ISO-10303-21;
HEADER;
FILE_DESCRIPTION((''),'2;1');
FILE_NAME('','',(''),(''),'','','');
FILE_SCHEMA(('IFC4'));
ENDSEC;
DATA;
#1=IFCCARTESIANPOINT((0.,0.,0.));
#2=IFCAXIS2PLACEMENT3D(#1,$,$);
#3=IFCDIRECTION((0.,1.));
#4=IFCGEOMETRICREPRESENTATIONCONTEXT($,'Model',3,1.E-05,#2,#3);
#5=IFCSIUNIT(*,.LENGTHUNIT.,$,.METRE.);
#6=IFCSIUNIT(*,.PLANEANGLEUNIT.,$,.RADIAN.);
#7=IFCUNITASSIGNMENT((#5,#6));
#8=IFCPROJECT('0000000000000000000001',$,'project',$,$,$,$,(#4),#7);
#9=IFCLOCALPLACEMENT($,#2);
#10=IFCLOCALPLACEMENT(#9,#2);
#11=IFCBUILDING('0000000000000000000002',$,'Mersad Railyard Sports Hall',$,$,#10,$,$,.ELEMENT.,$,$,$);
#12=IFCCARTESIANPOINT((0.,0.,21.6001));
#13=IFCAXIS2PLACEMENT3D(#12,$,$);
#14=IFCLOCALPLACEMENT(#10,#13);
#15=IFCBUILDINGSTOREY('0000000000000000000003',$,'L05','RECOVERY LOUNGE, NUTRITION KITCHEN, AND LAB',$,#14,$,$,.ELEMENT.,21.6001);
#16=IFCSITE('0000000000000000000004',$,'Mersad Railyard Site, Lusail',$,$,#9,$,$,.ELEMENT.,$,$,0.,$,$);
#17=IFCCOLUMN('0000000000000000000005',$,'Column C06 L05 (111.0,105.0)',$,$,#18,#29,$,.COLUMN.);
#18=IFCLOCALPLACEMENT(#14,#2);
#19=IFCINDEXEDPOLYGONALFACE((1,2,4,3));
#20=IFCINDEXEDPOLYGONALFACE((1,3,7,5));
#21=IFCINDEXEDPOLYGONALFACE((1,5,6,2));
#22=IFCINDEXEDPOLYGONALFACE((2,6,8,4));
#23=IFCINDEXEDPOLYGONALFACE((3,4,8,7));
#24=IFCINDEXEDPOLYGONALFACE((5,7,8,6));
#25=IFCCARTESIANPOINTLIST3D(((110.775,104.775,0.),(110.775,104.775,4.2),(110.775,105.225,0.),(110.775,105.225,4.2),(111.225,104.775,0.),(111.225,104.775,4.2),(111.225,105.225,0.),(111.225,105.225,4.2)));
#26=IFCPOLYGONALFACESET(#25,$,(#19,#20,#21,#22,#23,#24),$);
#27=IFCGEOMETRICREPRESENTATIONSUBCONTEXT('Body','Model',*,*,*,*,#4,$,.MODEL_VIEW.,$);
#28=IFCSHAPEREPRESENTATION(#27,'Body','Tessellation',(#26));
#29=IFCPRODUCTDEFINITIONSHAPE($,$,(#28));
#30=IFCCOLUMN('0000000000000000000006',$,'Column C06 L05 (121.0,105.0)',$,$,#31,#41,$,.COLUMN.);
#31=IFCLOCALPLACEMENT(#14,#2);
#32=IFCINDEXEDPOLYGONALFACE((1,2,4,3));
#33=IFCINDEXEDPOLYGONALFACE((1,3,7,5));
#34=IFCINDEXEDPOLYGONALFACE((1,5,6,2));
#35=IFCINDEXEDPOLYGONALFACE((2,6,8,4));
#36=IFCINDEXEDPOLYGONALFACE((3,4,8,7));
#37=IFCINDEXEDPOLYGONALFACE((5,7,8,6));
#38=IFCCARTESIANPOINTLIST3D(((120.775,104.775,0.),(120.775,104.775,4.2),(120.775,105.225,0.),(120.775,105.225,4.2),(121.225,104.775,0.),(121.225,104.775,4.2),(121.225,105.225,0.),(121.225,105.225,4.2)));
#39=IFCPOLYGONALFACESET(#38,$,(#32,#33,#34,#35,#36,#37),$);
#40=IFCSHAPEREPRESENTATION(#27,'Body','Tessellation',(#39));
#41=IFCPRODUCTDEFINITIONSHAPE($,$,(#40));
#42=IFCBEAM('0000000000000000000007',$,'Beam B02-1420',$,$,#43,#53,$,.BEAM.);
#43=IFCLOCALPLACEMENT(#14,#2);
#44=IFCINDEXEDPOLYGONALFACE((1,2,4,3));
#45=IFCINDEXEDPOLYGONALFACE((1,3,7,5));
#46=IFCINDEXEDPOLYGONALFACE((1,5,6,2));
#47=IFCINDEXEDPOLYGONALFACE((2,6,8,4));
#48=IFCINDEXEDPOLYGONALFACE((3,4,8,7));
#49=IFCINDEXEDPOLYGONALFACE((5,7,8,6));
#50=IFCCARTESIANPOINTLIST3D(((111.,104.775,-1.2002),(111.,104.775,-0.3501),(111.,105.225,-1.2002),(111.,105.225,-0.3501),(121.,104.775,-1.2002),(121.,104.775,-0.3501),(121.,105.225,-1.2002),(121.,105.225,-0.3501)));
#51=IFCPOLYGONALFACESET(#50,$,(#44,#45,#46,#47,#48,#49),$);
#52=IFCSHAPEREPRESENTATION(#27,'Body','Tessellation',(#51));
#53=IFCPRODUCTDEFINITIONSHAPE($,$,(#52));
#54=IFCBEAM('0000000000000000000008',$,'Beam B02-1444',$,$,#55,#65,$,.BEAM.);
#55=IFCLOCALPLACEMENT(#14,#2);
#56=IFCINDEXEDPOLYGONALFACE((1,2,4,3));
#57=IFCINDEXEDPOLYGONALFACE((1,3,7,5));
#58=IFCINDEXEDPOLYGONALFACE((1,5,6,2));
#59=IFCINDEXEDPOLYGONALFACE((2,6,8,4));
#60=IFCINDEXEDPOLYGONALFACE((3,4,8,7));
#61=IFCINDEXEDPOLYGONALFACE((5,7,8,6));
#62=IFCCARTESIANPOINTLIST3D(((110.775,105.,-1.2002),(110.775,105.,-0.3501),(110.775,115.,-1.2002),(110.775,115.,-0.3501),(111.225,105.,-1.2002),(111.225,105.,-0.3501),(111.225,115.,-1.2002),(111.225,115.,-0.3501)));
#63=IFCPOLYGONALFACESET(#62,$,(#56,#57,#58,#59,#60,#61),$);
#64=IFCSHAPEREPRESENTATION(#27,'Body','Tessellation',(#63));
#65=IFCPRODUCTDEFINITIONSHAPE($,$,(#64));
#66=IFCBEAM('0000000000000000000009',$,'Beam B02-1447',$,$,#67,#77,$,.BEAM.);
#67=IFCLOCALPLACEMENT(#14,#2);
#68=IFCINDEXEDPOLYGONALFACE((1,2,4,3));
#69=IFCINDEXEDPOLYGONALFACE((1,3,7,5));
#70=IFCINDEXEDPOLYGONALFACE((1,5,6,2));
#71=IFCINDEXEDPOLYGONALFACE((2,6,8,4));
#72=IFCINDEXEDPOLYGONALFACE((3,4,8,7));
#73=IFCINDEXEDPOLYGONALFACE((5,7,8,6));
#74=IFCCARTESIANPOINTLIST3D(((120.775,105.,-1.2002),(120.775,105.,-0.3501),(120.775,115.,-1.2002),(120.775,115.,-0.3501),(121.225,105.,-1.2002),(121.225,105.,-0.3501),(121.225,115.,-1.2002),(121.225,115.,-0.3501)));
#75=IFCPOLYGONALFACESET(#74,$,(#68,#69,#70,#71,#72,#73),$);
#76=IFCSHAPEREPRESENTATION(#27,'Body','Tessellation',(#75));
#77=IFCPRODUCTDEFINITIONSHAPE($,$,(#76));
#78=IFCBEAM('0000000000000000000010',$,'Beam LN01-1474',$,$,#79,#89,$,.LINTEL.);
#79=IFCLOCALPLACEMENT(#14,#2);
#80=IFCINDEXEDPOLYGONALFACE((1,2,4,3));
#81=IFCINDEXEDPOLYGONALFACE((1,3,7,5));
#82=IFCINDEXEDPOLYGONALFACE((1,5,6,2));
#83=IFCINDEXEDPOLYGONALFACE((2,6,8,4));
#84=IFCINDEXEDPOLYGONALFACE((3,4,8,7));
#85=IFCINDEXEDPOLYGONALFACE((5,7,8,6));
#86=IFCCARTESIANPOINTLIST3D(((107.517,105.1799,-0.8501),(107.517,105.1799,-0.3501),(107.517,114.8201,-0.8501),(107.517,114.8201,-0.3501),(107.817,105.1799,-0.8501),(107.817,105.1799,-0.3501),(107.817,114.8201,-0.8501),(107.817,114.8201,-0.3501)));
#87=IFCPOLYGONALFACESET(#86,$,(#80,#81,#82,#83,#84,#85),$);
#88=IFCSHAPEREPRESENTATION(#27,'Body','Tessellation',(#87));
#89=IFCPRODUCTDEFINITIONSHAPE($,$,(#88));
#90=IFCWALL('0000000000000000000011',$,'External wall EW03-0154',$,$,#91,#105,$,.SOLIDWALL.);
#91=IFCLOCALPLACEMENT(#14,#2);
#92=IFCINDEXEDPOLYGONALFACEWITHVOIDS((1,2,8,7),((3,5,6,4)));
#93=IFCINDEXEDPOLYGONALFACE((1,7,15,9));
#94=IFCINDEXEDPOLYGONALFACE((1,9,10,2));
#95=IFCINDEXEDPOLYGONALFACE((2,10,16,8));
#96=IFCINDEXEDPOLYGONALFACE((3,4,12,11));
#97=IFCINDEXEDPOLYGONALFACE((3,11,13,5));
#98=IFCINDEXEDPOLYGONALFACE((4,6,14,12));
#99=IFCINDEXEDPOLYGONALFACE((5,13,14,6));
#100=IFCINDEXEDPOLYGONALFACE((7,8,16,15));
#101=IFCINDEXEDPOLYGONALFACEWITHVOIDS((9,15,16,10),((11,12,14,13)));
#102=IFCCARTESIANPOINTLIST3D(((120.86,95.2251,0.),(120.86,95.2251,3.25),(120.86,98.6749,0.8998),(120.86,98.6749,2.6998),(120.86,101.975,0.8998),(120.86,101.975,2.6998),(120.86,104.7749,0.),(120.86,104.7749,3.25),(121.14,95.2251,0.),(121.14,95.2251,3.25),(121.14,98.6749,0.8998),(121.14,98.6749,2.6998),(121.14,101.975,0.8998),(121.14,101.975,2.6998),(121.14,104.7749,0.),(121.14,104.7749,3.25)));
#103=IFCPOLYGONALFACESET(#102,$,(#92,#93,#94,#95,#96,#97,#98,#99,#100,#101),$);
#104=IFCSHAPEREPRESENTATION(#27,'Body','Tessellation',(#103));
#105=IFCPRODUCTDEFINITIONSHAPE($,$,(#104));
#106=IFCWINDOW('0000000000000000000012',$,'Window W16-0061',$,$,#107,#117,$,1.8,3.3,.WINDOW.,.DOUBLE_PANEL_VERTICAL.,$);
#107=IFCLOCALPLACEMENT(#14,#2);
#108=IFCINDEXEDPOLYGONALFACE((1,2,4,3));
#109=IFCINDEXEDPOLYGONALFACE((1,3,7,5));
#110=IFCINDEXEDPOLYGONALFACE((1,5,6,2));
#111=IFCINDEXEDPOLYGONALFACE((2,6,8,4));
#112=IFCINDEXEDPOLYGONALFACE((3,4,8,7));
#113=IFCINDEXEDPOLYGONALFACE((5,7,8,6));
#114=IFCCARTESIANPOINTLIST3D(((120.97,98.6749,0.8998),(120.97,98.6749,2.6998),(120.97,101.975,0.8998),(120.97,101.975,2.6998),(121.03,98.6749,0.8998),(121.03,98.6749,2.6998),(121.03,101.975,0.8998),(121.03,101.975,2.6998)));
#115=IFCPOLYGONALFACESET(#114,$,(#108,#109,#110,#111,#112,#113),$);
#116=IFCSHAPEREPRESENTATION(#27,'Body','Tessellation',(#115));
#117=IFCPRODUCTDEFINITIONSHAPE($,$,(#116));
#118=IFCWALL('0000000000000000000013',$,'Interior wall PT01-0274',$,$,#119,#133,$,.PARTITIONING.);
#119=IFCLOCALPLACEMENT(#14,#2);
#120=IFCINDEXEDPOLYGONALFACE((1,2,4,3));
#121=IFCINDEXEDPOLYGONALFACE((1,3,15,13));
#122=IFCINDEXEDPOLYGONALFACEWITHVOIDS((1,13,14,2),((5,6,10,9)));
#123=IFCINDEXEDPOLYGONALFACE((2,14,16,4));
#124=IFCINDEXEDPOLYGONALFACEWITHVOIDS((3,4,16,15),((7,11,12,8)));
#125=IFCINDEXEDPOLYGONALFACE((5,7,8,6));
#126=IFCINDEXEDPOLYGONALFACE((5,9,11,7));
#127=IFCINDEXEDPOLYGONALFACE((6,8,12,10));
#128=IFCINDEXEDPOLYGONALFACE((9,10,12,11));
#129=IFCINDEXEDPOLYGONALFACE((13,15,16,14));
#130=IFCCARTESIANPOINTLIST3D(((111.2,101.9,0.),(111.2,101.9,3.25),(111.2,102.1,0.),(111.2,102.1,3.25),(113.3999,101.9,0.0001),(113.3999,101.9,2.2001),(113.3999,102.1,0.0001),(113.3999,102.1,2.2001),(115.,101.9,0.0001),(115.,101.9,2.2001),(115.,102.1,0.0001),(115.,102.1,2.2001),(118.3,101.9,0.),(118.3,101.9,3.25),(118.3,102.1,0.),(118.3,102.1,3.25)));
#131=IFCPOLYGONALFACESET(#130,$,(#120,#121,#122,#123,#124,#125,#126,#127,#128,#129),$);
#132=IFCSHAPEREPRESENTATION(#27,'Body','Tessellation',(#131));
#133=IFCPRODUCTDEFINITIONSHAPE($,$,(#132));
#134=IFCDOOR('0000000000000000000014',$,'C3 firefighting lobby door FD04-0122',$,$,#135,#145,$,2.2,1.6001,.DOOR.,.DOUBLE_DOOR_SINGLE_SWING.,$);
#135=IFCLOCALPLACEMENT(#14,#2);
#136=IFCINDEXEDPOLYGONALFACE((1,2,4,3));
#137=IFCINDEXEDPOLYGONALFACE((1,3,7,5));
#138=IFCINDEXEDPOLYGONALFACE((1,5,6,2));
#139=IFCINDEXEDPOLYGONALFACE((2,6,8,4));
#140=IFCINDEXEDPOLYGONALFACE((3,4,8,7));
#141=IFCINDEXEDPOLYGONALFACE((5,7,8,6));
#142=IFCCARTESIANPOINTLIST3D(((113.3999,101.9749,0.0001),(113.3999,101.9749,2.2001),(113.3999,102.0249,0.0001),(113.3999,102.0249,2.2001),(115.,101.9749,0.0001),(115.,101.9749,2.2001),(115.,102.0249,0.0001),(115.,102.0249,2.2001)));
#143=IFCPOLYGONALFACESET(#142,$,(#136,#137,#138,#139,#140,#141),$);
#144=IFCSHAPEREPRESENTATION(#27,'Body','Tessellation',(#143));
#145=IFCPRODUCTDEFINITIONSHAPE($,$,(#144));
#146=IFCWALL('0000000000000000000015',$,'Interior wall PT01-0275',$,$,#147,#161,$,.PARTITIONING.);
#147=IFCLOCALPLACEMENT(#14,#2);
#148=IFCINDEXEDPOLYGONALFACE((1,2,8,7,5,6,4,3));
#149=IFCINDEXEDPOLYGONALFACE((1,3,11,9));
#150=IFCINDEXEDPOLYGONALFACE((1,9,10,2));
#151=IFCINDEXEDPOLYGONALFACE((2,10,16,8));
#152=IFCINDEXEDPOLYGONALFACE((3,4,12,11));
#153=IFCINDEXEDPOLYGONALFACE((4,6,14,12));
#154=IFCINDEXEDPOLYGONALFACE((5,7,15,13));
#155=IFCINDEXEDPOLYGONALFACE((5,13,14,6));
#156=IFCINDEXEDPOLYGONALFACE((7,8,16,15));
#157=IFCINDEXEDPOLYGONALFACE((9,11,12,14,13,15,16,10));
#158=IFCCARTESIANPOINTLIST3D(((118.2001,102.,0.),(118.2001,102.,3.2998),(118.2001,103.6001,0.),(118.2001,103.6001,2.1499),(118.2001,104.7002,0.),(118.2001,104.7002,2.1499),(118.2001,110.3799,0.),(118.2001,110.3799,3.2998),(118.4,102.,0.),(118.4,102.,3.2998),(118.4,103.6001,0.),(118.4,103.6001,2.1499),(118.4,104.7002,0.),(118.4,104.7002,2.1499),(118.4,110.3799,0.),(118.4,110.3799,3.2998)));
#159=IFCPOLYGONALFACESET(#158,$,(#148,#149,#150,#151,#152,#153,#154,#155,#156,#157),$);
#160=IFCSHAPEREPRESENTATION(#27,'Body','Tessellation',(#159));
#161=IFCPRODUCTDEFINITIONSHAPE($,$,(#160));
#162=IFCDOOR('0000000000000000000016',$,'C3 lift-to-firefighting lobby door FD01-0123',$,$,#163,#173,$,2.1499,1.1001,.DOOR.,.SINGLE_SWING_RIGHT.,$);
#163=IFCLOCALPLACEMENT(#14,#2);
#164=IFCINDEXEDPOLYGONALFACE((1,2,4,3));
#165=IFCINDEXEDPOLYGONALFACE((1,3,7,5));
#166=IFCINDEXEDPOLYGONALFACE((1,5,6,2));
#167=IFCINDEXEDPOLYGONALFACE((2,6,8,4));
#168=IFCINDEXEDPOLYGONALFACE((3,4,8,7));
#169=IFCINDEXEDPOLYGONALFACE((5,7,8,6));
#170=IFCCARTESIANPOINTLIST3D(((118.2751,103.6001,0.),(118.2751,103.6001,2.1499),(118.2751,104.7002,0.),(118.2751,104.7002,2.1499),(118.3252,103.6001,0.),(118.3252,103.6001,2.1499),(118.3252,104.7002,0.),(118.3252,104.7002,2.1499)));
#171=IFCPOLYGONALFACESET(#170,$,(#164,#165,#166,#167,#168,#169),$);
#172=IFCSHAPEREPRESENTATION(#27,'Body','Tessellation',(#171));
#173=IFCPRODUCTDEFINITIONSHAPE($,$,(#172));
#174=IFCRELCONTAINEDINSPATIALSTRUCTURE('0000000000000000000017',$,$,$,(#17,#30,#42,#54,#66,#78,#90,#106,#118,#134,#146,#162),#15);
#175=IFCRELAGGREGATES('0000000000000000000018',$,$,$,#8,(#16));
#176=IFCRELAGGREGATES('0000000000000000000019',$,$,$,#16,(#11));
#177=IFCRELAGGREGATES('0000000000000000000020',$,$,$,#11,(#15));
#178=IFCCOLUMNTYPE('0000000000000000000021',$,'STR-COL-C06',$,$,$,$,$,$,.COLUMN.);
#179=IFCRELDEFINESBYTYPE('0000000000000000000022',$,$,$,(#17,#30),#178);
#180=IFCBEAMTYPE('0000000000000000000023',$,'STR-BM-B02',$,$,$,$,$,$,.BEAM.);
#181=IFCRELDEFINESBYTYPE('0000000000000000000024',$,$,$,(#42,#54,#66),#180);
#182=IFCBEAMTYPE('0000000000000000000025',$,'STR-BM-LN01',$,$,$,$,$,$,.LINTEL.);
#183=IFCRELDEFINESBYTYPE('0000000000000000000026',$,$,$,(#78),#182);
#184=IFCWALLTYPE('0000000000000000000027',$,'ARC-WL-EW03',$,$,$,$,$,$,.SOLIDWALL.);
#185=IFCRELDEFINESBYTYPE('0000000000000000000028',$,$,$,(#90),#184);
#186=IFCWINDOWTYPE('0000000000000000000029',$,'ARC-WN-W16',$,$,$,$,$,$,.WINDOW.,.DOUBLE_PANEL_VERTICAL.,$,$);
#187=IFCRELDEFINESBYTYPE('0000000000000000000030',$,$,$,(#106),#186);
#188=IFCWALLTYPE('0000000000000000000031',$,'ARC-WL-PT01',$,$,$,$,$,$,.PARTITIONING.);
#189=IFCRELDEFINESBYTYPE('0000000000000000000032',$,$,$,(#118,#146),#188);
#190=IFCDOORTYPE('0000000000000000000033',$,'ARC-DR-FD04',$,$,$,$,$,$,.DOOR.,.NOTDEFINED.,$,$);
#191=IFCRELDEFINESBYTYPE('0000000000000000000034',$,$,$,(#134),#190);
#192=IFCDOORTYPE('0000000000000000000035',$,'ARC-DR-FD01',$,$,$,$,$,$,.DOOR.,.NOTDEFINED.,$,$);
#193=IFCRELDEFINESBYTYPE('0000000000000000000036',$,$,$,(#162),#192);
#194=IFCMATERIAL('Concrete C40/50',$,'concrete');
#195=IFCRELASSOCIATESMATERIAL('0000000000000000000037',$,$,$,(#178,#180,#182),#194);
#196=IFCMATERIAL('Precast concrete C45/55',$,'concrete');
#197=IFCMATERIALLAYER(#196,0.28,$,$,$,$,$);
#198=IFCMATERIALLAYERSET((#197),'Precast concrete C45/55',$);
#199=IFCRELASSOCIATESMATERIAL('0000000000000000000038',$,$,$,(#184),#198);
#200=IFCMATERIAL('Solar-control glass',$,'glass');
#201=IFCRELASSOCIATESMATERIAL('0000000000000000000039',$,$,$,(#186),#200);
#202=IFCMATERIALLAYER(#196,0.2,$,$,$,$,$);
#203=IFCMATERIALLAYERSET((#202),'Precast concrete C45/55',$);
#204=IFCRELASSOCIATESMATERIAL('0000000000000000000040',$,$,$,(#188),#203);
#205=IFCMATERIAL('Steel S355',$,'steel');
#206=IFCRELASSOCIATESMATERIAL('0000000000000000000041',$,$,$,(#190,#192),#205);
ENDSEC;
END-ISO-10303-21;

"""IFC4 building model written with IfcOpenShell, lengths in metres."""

from ifc_helpers import new_model, si_unit, direction, frame, frame_2d, origin, origin_2d, place, context, subcontext, project, spatial, rectangle, extrude, material, layer, layer_set, material_profile, profile_set, type_object, element, fill, save


model = new_model("IFC4")

# Units and contexts
model_context = context("Model", 3, precision=1e-05, world=origin(), true_north=direction((0.0, 1.0)))
body_context = subcontext(model_context, "Body", "Model", "MODEL_VIEW")
ifc_project = project(units=[si_unit("LENGTHUNIT", "METRE"), si_unit("PLANEANGLEUNIT", "RADIAN")], contexts=[model_context])

# Site, building, storey
site_placement = place(None, origin())
site = spatial("IfcSite", under=ifc_project, at=site_placement, Name="Mersad Railyard Site, Lusail", CompositionType="ELEMENT", RefElevation=0.0)
building_placement = place(site_placement, origin())
building = spatial("IfcBuilding", under=site, at=building_placement, Name="Mersad Railyard Sports Hall", CompositionType="ELEMENT")
storey_placement = place(building_placement, frame((0.0, 0.0, 21.6001)))
storey = spatial("IfcBuildingStorey", under=building, at=storey_placement, Name="L05", Description="RECOVERY LOUNGE, NUTRITION KITCHEN, AND LAB", CompositionType="ELEMENT", Elevation=21.6001)

# Columns
ifc_material_1 = material(Name="Concrete C40/50", Category="concrete")
ifc_material_profile_1 = material_profile(ifc_material_1, rectangle(XDim=0.45, YDim=0.45, at=origin_2d()), Name="RC 450x450")
ifc_profile_set_1 = profile_set([ifc_material_profile_1], Name="Concrete C40/50")
column_type = type_object("IfcColumnType", Name="STR-COL-C06", PredefinedType="COLUMN", material=ifc_profile_set_1)
for number, where, z_axis, x_axis, name in (
    (1, (111.0, 105.0, 0.0), (0.0, 0.0, 1.0), (1.0, 0.0, 0.0), "Column C06 L05 (111.0,105.0)"),
    (2, (121.0, 105.0, 0.0), (0.0, 0.0, 1.0), (1.0, 0.0, 0.0), "Column C06 L05 (121.0,105.0)"),
):
    element("IfcColumn", number, at=place(storey_placement, frame(where, z_axis=z_axis, x_axis=x_axis)), inside=storey, type_object=column_type, Name=name, PredefinedType="COLUMN", context=body_context, shape_type="SweptSolid", body=[
        extrude(rectangle(XDim=0.45, YDim=0.45, at=origin_2d()), origin(), (0.0, 0.0, 1.0), 4.2),
    ])

# Beams
ifc_material_profile_2 = material_profile(ifc_material_1, rectangle(XDim=0.45, YDim=0.8501, at=origin_2d()), Name="RC 450x850")
ifc_profile_set_2 = profile_set([ifc_material_profile_2], Name="Concrete C40/50")
beam_type_1 = type_object("IfcBeamType", Name="STR-BM-B02", PredefinedType="BEAM", material=ifc_profile_set_2)
for number, where, z_axis, x_axis, name in (
    (3, (111.0, 105.0, -0.7751), (1.0, 0.0, 0.0), (0.0, 1.0, 0.0), "Beam B02-1420"),
    (4, (111.0, 105.0, -0.7751), (0.0, 1.0, 0.0), (-1.0, 0.0, 0.0), "Beam B02-1444"),
    (5, (121.0, 105.0, -0.7751), (0.0, 1.0, 0.0), (-1.0, 0.0, 0.0), "Beam B02-1447"),
):
    element("IfcBeam", number, at=place(storey_placement, frame(where, z_axis=z_axis, x_axis=x_axis)), inside=storey, type_object=beam_type_1, Name=name, PredefinedType="BEAM", context=body_context, shape_type="SweptSolid", body=[
        extrude(rectangle(XDim=0.45, YDim=0.8501, at=origin_2d()), origin(), (0.0, 0.0, 1.0), 10.0),
    ])
ifc_material_profile_3 = material_profile(ifc_material_1, rectangle(XDim=0.3, YDim=0.5, at=origin_2d()), Name="RC 300x500")
ifc_profile_set_3 = profile_set([ifc_material_profile_3], Name="Concrete C40/50")
beam_type_2 = type_object("IfcBeamType", Name="STR-BM-LN01", PredefinedType="LINTEL", material=ifc_profile_set_3)
beam_placement = place(storey_placement, frame((107.667, 105.1799, -0.6001), z_axis=(0.0, 1.0, 0.0), x_axis=(-1.0, 0.0, 0.0)))
element("IfcBeam", 6, at=beam_placement, inside=storey, type_object=beam_type_2, Name="Beam LN01-1474", PredefinedType="LINTEL", context=body_context, shape_type="SweptSolid", body=[
    extrude(rectangle(XDim=0.3, YDim=0.5, at=origin_2d()), origin(), (0.0, 0.0, 1.0), 9.6401),
])

# Wall, opening, window
ifc_material_2 = material(Name="Precast concrete C45/55", Category="concrete")
ifc_layer_1 = layer(ifc_material_2, 0.28)
ifc_layer_set_1 = layer_set([ifc_layer_1], Name="Precast concrete C45/55")
wall_type_1 = type_object("IfcWallType", Name="ARC-WL-EW03", PredefinedType="SOLIDWALL", material=ifc_layer_set_1)
wall_1_placement = place(storey_placement, frame((121.0, 104.7749, 0.0), z_axis=(0.0, 0.0, 1.0), x_axis=(0.0, -1.0, 0.0)))
wall_1 = element("IfcWall", 7, at=wall_1_placement, inside=storey, type_object=wall_type_1, Name="External wall EW03-0154", PredefinedType="SOLIDWALL", context=body_context, shape_type="SweptSolid", body=[
    extrude(rectangle(XDim=9.5498, YDim=0.28, at=frame_2d((4.7749, 0.0))), origin(), (0.0, 0.0, 1.0), 3.25),
])
opening_1_placement = place(wall_1_placement, frame((2.8, 0.0, 0.8999)))
opening_1 = element("IfcOpeningElement", 8, at=opening_1_placement, cuts=wall_1, PredefinedType="OPENING", context=body_context, shape_type="SweptSolid", body=[
    extrude(rectangle(XDim=3.3, YDim=1.8, at=frame_2d((1.6499, 0.8999))), frame((0.0, 0.1499, 0.0), z_axis=(0.0, -1.0, 0.0), x_axis=(1.0, 0.0, 0.0)), (0.0, 0.0, 1.0), 0.3),
])
ifc_material_3 = material(Name="Solar-control glass", Category="glass")
window_type = type_object("IfcWindowType", Name="ARC-WN-W16", PartitioningType="DOUBLE_PANEL_VERTICAL", PredefinedType="WINDOW", material=ifc_material_3)
window_placement = place(opening_1_placement, origin())
window = element("IfcWindow", 9, at=window_placement, inside=storey, type_object=window_type, Name="Window W16-0061", OverallHeight=1.8, OverallWidth=3.3, PartitioningType="DOUBLE_PANEL_VERTICAL", PredefinedType="WINDOW", context=body_context, shape_type="SweptSolid", body=[
    extrude(rectangle(XDim=3.3, YDim=1.8, at=frame_2d((1.6499, 0.8999))), frame((0.0, 0.03, 0.0), z_axis=(0.0, -1.0, 0.0), x_axis=(1.0, 0.0, 0.0)), (0.0, 0.0, 1.0), 0.0601),
])
fill(opening_1, window)

# Walls, openings, doors
ifc_layer_2 = layer(ifc_material_2, 0.2)
ifc_layer_set_2 = layer_set([ifc_layer_2], Name="Precast concrete C45/55")
wall_type_2 = type_object("IfcWallType", Name="ARC-WL-PT01", PredefinedType="PARTITIONING", material=ifc_layer_set_2)
wall_2_placement = place(storey_placement, frame((111.2, 102.0, 0.0), z_axis=(0.0, 0.0, 1.0), x_axis=(1.0, 0.0, 0.0)))
wall_2 = element("IfcWall", 10, at=wall_2_placement, inside=storey, type_object=wall_type_2, Name="Interior wall PT01-0274", PredefinedType="PARTITIONING", context=body_context, shape_type="SweptSolid", body=[
    extrude(rectangle(XDim=7.1001, YDim=0.2, at=frame_2d((3.55, 0.0))), origin(), (0.0, 0.0, 1.0), 3.25),
])
opening_2_placement = place(wall_2_placement, frame((2.2, 0.0, 0.0)))
opening_2 = element("IfcOpeningElement", 11, at=opening_2_placement, cuts=wall_2, PredefinedType="OPENING", context=body_context, shape_type="SweptSolid", body=[
    extrude(rectangle(XDim=1.6001, YDim=2.2, at=frame_2d((0.8, 1.1001))), frame((0.0, 0.1099, 0.0), z_axis=(0.0, -1.0, 0.0), x_axis=(1.0, 0.0, 0.0)), (0.0, 0.0, 1.0), 0.22),
])
ifc_material_4 = material(Name="Steel S355", Category="steel")
door_type_1 = type_object("IfcDoorType", Name="ARC-DR-FD04", OperationType="NOTDEFINED", PredefinedType="DOOR", material=ifc_material_4)
door_1_placement = place(opening_2_placement, origin())
door_1 = element("IfcDoor", 12, at=door_1_placement, inside=storey, type_object=door_type_1, Name="C3 firefighting lobby door FD04-0122", OperationType="DOUBLE_DOOR_SINGLE_SWING", OverallHeight=2.2, OverallWidth=1.6001, PredefinedType="DOOR", context=body_context, shape_type="SweptSolid", body=[
    extrude(rectangle(XDim=1.6001, YDim=2.2, at=frame_2d((0.8, 1.1001))), frame((0.0, 0.0249, 0.0), z_axis=(0.0, -1.0, 0.0), x_axis=(1.0, 0.0, 0.0)), (0.0, 0.0, 1.0), 0.05),
])
fill(opening_2, door_1)
wall_3_placement = place(storey_placement, frame((118.3, 102.0, 0.0), z_axis=(0.0, 0.0, 1.0), x_axis=(0.0, 1.0, 0.0)))
wall_3 = element("IfcWall", 13, at=wall_3_placement, inside=storey, type_object=wall_type_2, Name="Interior wall PT01-0275", PredefinedType="PARTITIONING", context=body_context, shape_type="SweptSolid", body=[
    extrude(rectangle(XDim=8.3799, YDim=0.2, at=frame_2d((4.1899, 0.0))), origin(), (0.0, 0.0, 1.0), 3.2998),
])
opening_3_placement = place(wall_3_placement, frame((1.6001, 0.0, 0.0)))
opening_3 = element("IfcOpeningElement", 14, at=opening_3_placement, cuts=wall_3, PredefinedType="OPENING", context=body_context, shape_type="SweptSolid", body=[
    extrude(rectangle(XDim=1.1001, YDim=2.1499, at=frame_2d((0.55, 1.075))), frame((0.0, 0.1099, 0.0), z_axis=(0.0, -1.0, 0.0), x_axis=(1.0, 0.0, 0.0)), (0.0, 0.0, 1.0), 0.22),
])
door_type_2 = type_object("IfcDoorType", Name="ARC-DR-FD01", OperationType="NOTDEFINED", PredefinedType="DOOR", material=ifc_material_4)
door_2_placement = place(opening_3_placement, origin())
door_2 = element("IfcDoor", 15, at=door_2_placement, inside=storey, type_object=door_type_2, Name="C3 lift-to-firefighting lobby door FD01-0123", OperationType="SINGLE_SWING_RIGHT", OverallHeight=2.1499, OverallWidth=1.1001, PredefinedType="DOOR", context=body_context, shape_type="SweptSolid", body=[
    extrude(rectangle(XDim=1.1001, YDim=2.1499, at=frame_2d((0.55, 1.075))), frame((0.0, 0.0249, 0.0), z_axis=(0.0, -1.0, 0.0), x_axis=(1.0, 0.0, 0.0)), (0.0, 0.0, 1.0), 0.05),
])
fill(opening_3, door_2)

save(model, "model.ifc")
